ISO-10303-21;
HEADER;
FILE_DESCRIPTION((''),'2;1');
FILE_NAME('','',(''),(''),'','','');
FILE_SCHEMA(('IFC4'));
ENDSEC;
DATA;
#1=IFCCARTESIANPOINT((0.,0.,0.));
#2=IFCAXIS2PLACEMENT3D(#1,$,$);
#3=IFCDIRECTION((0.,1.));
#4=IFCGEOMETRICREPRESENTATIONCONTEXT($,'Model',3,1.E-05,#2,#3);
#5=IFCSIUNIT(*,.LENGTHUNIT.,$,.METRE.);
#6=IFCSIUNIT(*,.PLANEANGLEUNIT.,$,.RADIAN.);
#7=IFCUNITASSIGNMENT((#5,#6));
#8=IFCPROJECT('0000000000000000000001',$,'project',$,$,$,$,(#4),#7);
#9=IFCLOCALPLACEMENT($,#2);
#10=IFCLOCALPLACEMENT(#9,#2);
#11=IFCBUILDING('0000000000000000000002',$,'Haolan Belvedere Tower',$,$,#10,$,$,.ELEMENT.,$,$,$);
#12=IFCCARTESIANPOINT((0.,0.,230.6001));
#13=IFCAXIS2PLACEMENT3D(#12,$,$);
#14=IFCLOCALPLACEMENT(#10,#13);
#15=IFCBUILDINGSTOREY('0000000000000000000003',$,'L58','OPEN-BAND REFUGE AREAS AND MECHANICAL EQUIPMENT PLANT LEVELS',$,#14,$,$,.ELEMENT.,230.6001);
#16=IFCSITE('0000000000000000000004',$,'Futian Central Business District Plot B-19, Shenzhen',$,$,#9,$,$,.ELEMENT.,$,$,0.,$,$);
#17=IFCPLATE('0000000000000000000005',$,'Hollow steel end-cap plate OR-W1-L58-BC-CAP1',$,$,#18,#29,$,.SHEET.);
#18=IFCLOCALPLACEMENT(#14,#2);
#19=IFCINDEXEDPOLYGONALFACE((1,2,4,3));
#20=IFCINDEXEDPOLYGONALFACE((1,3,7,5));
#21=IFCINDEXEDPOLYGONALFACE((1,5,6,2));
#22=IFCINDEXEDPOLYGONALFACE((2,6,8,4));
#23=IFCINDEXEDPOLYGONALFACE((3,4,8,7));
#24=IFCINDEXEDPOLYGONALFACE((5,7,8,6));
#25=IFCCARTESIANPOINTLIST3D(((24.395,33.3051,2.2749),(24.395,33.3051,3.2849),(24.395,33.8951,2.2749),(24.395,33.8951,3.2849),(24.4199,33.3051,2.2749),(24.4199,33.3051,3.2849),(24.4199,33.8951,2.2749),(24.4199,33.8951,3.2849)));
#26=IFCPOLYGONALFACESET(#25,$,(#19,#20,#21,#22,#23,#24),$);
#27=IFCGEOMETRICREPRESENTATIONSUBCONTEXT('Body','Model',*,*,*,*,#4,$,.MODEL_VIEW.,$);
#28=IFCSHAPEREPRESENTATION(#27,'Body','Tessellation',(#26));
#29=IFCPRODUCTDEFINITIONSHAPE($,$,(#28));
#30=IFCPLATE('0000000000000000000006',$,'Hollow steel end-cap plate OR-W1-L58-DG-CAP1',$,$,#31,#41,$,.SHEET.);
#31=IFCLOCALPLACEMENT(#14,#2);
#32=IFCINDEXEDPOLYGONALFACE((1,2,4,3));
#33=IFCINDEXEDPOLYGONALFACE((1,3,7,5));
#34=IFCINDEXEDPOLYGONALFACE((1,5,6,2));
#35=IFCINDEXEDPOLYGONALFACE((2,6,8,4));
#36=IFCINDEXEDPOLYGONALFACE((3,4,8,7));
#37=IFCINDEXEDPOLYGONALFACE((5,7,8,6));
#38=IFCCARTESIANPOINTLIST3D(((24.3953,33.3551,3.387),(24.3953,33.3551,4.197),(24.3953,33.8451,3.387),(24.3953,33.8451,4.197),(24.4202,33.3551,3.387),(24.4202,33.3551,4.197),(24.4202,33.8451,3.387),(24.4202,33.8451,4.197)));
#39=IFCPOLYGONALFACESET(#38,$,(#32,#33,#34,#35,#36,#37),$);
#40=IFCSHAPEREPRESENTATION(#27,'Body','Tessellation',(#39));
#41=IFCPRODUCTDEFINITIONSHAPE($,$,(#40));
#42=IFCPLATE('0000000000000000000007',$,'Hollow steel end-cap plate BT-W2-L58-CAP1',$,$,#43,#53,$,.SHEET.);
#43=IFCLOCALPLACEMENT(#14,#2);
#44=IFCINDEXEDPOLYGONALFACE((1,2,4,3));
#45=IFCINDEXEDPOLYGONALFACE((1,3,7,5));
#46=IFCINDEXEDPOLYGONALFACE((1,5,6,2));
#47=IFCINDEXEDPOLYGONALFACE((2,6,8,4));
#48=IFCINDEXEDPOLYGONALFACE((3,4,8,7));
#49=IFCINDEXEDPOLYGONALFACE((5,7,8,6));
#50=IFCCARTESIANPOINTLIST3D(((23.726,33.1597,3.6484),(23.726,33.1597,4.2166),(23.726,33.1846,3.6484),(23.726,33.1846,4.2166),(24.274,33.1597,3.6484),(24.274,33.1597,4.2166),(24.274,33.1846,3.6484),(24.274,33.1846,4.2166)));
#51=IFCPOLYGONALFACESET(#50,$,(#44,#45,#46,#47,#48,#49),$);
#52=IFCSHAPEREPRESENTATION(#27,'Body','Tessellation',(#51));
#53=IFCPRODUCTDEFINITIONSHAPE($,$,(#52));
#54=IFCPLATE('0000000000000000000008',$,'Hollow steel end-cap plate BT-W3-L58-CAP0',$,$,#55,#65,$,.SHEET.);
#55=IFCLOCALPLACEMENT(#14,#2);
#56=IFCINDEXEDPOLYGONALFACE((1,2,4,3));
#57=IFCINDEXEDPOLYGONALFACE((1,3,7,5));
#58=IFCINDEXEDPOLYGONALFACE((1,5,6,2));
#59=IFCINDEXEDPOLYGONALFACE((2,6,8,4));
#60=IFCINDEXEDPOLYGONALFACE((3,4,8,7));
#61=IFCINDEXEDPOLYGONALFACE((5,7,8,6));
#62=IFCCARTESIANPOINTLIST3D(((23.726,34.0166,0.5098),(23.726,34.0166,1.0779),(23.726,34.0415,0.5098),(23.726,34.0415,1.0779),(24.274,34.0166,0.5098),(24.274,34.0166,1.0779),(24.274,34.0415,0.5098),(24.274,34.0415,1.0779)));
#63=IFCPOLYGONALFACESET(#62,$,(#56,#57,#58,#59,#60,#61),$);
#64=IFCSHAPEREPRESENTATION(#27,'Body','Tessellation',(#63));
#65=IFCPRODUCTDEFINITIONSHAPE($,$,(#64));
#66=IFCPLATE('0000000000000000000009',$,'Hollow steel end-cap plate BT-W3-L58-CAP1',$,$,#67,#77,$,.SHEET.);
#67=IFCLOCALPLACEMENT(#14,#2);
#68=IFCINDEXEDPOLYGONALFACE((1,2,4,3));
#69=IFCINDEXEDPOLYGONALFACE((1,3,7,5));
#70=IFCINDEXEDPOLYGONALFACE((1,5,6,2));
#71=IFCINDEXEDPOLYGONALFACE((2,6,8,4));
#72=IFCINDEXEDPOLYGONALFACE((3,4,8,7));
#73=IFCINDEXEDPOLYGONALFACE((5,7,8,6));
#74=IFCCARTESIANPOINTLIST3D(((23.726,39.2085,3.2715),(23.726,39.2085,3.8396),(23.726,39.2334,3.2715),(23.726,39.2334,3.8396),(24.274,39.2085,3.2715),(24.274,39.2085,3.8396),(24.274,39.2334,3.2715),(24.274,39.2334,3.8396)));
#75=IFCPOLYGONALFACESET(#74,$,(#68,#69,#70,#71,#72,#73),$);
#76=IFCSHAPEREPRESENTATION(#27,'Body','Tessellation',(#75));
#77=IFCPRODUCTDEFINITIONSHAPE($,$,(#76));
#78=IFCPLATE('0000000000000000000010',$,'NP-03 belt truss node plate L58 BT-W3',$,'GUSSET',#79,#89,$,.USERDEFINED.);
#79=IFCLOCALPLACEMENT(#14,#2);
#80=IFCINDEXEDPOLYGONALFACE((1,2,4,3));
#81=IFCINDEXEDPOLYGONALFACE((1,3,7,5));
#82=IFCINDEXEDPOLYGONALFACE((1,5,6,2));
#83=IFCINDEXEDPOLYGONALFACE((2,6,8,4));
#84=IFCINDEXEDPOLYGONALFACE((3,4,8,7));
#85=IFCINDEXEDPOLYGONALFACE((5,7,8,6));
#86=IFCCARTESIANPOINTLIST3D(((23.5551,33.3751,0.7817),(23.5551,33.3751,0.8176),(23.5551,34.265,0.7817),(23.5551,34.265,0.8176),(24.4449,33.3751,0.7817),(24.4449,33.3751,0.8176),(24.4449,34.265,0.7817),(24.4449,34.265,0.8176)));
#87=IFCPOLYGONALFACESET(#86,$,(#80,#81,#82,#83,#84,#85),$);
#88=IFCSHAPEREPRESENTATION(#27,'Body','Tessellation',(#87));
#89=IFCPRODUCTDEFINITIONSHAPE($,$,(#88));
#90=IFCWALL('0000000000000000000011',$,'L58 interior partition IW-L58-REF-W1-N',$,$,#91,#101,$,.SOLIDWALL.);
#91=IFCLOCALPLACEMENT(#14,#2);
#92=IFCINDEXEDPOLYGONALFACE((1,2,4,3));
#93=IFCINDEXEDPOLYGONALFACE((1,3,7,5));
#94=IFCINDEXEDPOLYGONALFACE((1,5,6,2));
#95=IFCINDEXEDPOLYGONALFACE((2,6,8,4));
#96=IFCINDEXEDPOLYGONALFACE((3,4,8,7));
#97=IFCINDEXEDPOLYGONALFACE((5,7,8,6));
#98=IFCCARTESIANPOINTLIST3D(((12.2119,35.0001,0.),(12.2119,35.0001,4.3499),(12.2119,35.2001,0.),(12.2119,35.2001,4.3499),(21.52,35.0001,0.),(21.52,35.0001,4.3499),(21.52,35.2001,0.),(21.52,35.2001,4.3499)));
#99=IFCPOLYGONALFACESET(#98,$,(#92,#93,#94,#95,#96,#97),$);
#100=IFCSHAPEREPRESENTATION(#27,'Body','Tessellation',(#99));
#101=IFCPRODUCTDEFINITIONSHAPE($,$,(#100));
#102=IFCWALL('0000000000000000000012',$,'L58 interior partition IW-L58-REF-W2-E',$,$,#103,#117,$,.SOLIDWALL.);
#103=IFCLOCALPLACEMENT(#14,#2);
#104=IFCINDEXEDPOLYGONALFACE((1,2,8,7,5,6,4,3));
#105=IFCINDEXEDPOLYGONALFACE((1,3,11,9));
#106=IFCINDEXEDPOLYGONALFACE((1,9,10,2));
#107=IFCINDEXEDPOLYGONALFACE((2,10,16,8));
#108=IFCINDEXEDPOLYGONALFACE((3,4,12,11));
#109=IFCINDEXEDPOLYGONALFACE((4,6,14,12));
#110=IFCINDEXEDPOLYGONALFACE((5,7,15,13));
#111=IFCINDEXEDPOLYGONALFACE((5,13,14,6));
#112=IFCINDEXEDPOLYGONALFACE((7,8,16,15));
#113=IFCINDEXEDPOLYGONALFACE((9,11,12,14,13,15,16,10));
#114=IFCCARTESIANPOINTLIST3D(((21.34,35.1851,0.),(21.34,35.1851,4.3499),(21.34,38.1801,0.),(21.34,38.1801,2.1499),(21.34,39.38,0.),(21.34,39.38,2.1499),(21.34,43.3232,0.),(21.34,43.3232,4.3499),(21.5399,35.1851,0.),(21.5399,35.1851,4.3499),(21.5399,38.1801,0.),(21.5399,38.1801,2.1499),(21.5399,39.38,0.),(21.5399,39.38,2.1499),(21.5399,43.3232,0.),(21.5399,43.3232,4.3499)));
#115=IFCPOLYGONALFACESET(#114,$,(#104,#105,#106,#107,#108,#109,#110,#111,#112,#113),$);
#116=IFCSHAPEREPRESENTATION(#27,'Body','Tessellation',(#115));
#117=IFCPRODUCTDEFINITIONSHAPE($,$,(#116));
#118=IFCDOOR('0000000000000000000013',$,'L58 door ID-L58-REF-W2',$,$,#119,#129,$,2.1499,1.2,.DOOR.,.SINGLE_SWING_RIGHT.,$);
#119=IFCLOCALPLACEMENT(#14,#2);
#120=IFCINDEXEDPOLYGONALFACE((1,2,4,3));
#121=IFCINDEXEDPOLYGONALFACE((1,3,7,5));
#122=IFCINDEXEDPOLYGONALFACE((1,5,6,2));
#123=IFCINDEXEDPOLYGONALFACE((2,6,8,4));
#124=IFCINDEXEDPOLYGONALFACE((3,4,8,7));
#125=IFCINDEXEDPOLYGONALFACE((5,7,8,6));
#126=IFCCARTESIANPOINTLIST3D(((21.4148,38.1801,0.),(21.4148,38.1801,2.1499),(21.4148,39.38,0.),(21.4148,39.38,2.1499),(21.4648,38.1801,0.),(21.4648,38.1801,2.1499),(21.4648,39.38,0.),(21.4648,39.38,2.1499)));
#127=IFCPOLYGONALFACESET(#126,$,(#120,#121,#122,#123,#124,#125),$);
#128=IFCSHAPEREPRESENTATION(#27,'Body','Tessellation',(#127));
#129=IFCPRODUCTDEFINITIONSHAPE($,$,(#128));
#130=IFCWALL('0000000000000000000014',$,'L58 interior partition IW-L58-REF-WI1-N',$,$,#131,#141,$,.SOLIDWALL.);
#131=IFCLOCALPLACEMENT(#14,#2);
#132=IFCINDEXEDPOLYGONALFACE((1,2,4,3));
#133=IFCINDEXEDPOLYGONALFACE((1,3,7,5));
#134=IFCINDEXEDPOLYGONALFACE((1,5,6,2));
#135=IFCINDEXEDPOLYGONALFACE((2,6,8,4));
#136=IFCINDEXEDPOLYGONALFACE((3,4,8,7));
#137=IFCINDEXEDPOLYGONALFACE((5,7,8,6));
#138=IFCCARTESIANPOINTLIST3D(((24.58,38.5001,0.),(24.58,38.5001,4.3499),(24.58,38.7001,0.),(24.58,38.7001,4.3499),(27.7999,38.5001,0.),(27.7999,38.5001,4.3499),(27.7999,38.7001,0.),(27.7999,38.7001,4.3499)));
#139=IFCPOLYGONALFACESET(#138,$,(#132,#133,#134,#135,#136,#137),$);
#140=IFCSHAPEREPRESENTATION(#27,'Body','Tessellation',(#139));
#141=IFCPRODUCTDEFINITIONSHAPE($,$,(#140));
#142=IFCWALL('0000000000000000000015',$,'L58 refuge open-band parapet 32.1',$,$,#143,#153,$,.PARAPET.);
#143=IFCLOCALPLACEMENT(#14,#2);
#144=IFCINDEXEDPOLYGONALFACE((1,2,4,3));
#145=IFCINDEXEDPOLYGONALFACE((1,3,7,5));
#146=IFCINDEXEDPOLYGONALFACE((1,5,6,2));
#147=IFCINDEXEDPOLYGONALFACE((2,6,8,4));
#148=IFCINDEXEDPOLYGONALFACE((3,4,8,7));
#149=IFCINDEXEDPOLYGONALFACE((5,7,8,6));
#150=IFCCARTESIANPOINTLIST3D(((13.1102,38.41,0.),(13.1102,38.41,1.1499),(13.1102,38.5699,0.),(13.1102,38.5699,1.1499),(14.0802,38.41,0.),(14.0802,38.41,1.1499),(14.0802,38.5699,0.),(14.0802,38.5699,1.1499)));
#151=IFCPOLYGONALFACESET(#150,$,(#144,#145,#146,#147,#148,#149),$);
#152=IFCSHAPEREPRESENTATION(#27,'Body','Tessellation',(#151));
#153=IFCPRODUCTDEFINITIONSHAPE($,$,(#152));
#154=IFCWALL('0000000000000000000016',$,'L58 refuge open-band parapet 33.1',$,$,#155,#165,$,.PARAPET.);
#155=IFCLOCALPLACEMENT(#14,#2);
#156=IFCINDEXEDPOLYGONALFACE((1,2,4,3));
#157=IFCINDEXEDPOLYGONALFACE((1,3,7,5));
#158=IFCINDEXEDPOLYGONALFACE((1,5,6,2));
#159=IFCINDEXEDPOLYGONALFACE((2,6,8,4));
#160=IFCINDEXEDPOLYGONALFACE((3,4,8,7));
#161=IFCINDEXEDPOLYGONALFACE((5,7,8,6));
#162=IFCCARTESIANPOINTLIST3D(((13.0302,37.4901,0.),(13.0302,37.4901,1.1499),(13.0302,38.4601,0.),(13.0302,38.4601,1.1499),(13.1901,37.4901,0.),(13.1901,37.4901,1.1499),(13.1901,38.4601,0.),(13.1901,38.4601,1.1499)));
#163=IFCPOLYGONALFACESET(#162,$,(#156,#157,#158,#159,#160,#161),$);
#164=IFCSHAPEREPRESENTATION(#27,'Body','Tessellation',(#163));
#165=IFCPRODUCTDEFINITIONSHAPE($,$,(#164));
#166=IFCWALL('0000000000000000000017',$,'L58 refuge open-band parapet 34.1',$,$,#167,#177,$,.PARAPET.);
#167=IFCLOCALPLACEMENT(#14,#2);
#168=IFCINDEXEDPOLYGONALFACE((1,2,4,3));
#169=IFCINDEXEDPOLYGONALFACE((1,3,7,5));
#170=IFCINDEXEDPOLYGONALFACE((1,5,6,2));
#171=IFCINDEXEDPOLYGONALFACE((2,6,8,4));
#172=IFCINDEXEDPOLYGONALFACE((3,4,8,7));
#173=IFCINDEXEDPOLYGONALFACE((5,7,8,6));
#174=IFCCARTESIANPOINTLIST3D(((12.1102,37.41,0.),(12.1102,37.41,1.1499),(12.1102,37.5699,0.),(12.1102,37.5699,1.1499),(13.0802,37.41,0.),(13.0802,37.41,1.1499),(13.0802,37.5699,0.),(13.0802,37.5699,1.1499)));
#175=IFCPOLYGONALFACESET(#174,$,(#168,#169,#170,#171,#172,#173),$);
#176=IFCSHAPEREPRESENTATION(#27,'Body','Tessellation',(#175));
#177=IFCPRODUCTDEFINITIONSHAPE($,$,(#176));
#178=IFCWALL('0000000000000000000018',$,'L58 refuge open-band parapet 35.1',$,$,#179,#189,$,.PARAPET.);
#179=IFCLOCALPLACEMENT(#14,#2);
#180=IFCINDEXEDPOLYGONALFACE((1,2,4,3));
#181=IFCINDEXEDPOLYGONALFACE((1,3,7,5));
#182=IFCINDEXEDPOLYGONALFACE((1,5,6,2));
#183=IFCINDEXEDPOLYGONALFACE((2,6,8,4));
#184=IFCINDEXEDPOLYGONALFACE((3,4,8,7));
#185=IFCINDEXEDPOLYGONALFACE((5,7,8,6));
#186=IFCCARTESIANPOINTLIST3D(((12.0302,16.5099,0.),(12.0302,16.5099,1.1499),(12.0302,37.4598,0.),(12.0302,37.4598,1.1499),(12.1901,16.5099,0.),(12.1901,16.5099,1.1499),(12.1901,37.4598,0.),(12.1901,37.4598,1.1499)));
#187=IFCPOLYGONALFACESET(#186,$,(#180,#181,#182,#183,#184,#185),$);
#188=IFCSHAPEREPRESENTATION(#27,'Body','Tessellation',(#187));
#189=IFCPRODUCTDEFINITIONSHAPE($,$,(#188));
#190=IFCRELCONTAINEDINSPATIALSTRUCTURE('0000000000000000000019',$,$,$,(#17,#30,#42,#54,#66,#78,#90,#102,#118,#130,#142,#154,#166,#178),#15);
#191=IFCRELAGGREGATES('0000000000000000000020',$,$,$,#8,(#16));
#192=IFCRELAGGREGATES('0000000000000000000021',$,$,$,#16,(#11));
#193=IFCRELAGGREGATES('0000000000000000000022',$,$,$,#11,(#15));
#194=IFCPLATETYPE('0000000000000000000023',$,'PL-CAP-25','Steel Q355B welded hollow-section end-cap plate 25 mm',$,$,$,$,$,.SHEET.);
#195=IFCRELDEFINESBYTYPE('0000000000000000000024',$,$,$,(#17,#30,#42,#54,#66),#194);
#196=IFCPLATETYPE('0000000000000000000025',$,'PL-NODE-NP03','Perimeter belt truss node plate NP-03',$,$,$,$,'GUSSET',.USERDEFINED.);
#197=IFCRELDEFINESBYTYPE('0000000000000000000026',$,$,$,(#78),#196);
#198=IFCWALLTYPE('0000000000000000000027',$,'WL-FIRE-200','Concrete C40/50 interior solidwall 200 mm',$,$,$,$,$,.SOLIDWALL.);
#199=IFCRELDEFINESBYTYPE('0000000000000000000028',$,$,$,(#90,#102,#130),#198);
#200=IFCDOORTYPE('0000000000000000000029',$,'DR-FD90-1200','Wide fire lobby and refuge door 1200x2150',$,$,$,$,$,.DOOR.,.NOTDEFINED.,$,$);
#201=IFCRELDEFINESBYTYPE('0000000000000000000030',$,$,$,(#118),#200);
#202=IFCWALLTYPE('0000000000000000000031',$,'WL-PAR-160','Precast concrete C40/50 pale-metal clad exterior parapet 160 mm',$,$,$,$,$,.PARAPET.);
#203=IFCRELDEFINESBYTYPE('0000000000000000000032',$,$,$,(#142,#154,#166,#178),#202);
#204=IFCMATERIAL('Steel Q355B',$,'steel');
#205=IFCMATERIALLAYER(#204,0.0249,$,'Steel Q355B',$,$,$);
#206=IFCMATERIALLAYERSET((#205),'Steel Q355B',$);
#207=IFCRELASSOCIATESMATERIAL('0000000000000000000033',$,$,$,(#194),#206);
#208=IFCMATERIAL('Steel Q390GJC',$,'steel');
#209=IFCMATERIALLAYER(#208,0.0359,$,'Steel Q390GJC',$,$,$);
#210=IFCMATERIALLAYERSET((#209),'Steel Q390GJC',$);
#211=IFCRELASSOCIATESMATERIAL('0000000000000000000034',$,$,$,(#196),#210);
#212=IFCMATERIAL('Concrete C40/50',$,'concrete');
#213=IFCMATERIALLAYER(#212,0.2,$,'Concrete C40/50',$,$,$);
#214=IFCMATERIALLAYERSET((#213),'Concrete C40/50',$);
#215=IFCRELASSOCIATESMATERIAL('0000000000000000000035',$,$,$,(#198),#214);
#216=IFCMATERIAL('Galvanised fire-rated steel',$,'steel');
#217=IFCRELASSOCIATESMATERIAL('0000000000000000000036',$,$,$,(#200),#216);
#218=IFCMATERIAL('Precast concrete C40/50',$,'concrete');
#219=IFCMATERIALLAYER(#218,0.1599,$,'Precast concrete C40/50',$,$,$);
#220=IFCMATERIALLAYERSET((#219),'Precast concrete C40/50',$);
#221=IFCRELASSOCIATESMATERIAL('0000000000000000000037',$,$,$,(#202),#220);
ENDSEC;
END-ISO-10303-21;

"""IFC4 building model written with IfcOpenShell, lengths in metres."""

from ifc_helpers import new_model, si_unit, direction, frame, frame_2d, origin, origin_2d, place, context, subcontext, project, spatial, rectangle, extrude, material, layer, layer_set, type_object, element, fill, save


model = new_model("IFC4")

# Units and contexts
model_context = context("Model", 3, precision=1e-05, world=origin(), true_north=direction((0.0, 1.0)))
body_context = subcontext(model_context, "Body", "Model", "MODEL_VIEW")
ifc_project = project(units=[si_unit("LENGTHUNIT", "METRE"), si_unit("PLANEANGLEUNIT", "RADIAN")], contexts=[model_context])

# Site, building, storey
site_placement = place(None, origin())
site = spatial("IfcSite", under=ifc_project, at=site_placement, Name="Futian Central Business District Plot B-19, Shenzhen", CompositionType="ELEMENT", RefElevation=0.0)
building_placement = place(site_placement, origin())
building = spatial("IfcBuilding", under=site, at=building_placement, Name="Haolan Belvedere Tower", CompositionType="ELEMENT")
storey_placement = place(building_placement, frame((0.0, 0.0, 230.6001)))
storey = spatial("IfcBuildingStorey", under=building, at=storey_placement, Name="L58", Description="OPEN-BAND REFUGE AREAS AND MECHANICAL EQUIPMENT PLANT LEVELS", CompositionType="ELEMENT", Elevation=230.6001)

# Shared definitions
ifc_material_1 = material(Name="Steel Q390GJC", Category="steel")

# Shared definitions
ifc_material_2 = material(Name="Steel Q355B", Category="steel")

# Plates
ifc_layer_1 = layer(ifc_material_2, 0.0249, Name="Steel Q355B")
ifc_layer_set_1 = layer_set([ifc_layer_1], Name="Steel Q355B")
plate_type_1 = type_object("IfcPlateType", Name="PL-CAP-25", Description="Steel Q355B welded hollow-section end-cap plate 25 mm", PredefinedType="SHEET", material=ifc_layer_set_1)
plate_1_placement = place(storey_placement, frame((24.4075, 33.6001, 2.2749), z_axis=(0.0, 0.0, 1.0), x_axis=(0.0, -1.0, 0.0)))
element("IfcPlate", 1, at=plate_1_placement, inside=storey, type_object=plate_type_1, Name="Hollow steel end-cap plate OR-W1-L58-BC-CAP1", PredefinedType="SHEET", context=body_context, shape_type="SweptSolid", body=[
    extrude(rectangle(XDim=0.5901, YDim=0.0249, at=origin_2d()), origin(), (0.0, 0.0, 1.0), 1.01),
])
plate_2_placement = place(storey_placement, frame((24.4077, 33.6001, 3.387), z_axis=(0.0, 0.0, 1.0), x_axis=(0.0, -1.0, 0.0)))
element("IfcPlate", 2, at=plate_2_placement, inside=storey, type_object=plate_type_1, Name="Hollow steel end-cap plate OR-W1-L58-DG-CAP1", PredefinedType="SHEET", context=body_context, shape_type="SweptSolid", body=[
    extrude(rectangle(XDim=0.49, YDim=0.0249, at=origin_2d()), origin(), (0.0, 0.0, 1.0), 0.8101),
])
for number, where, z_axis, x_axis, name in (
    (3, (24.0, 33.1721, 3.6484), (0.0, 0.0, 1.0), (-1.0, 0.0, 0.0), "Hollow steel end-cap plate BT-W2-L58-CAP1"),
    (4, (24.0, 34.0291, 0.5098), (0.0, 0.0, 1.0), (1.0, 0.0, 0.0), "Hollow steel end-cap plate BT-W3-L58-CAP0"),
    (5, (24.0, 39.2209, 3.2715), (0.0, 0.0, 1.0), (-1.0, 0.0, 0.0), "Hollow steel end-cap plate BT-W3-L58-CAP1"),
):
    element("IfcPlate", number, at=place(storey_placement, frame(where, z_axis=z_axis, x_axis=x_axis)), inside=storey, type_object=plate_type_1, Name=name, PredefinedType="SHEET", context=body_context, shape_type="SweptSolid", body=[
        extrude(rectangle(XDim=0.5481, YDim=0.0249, at=origin_2d()), origin(), (0.0, 0.0, 1.0), 0.5681),
    ])
ifc_layer_2 = layer(ifc_material_1, 0.0359, Name="Steel Q390GJC")
ifc_layer_set_2 = layer_set([ifc_layer_2], Name="Steel Q390GJC")
plate_type_2 = type_object("IfcPlateType", Name="PL-NODE-NP03", Description="Perimeter belt truss node plate NP-03", ElementType="GUSSET", PredefinedType="USERDEFINED", material=ifc_layer_set_2)
plate_3_placement = place(storey_placement, frame((24.0, 33.8201, 0.7817), z_axis=(0.0, 0.0, 1.0), x_axis=(1.0, 0.0, 0.0)))
element("IfcPlate", 6, at=plate_3_placement, inside=storey, type_object=plate_type_2, Name="NP-03 belt truss node plate L58 BT-W3", ObjectType="GUSSET", PredefinedType="USERDEFINED", context=body_context, shape_type="SweptSolid", body=[
    extrude(rectangle(XDim=0.8899, YDim=0.8899, at=origin_2d()), origin(), (0.0, 0.0, 1.0), 0.0359),
])

# Wall
ifc_material_3 = material(Name="Concrete C40/50", Category="concrete")
ifc_layer_3 = layer(ifc_material_3, 0.2, Name="Concrete C40/50")
ifc_layer_set_3 = layer_set([ifc_layer_3], Name="Concrete C40/50")
wall_type_1 = type_object("IfcWallType", Name="WL-FIRE-200", Description="Concrete C40/50 interior solidwall 200 mm", PredefinedType="SOLIDWALL", material=ifc_layer_set_3)
wall_1_placement = place(storey_placement, frame((12.2119, 35.1001, 0.0), z_axis=(0.0, 0.0, 1.0), x_axis=(1.0, 0.0, 0.0)))
element("IfcWall", 7, at=wall_1_placement, inside=storey, type_object=wall_type_1, Name="L58 interior partition IW-L58-REF-W1-N", PredefinedType="SOLIDWALL", context=body_context, shape_type="SweptSolid", body=[
    extrude(rectangle(XDim=9.3081, YDim=0.2, at=frame_2d((4.6541, 0.0))), origin(), (0.0, 0.0, 1.0), 4.3499),
])

# Wall, opening, door
wall_2_placement = place(storey_placement, frame((21.4399, 35.1851, 0.0), z_axis=(0.0, 0.0, 1.0), x_axis=(0.0, 1.0, 0.0)))
wall_2 = element("IfcWall", 8, at=wall_2_placement, inside=storey, type_object=wall_type_1, Name="L58 interior partition IW-L58-REF-W2-E", PredefinedType="SOLIDWALL", context=body_context, shape_type="SweptSolid", body=[
    extrude(rectangle(XDim=8.1382, YDim=0.2, at=frame_2d((4.0691, 0.0))), origin(), (0.0, 0.0, 1.0), 4.3499),
])
opening_placement = place(wall_2_placement, frame((4.1951, 0.0, 0.0), z_axis=(0.0, 0.0, 1.0), x_axis=(-1.0, 0.0, 0.0)))
opening = element("IfcOpeningElement", 9, at=opening_placement, cuts=wall_2, PredefinedType="OPENING", context=body_context, shape_type="SweptSolid", body=[
    extrude(rectangle(XDim=1.2, YDim=2.1499, at=frame_2d((0.6001, 1.075))), frame((0.0, 0.1099, 0.0), z_axis=(0.0, -1.0, 0.0), x_axis=(1.0, 0.0, 0.0)), (0.0, 0.0, 1.0), 0.22),
])
ifc_material_4 = material(Name="Galvanised fire-rated steel", Category="steel")
door_type = type_object("IfcDoorType", Name="DR-FD90-1200", Description="Wide fire lobby and refuge door 1200x2150", OperationType="NOTDEFINED", PredefinedType="DOOR", material=ifc_material_4)
door_placement = place(opening_placement, origin())
door = element("IfcDoor", 10, at=door_placement, inside=storey, type_object=door_type, Name="L58 door ID-L58-REF-W2", OperationType="SINGLE_SWING_RIGHT", OverallHeight=2.1499, OverallWidth=1.2, PredefinedType="DOOR", context=body_context, shape_type="SweptSolid", body=[
    extrude(rectangle(XDim=1.2, YDim=2.1499, at=frame_2d((0.6001, 1.075))), frame((0.0, 0.0249, 0.0), z_axis=(0.0, -1.0, 0.0), x_axis=(1.0, 0.0, 0.0)), (0.0, 0.0, 1.0), 0.05),
])
fill(opening, door)

# Walls
wall_3_placement = place(storey_placement, frame((24.5801, 38.6001, 0.0), z_axis=(0.0, 0.0, 1.0), x_axis=(1.0, 0.0, 0.0)))
element("IfcWall", 11, at=wall_3_placement, inside=storey, type_object=wall_type_1, Name="L58 interior partition IW-L58-REF-WI1-N", PredefinedType="SOLIDWALL", context=body_context, shape_type="SweptSolid", body=[
    extrude(rectangle(XDim=3.22, YDim=0.2, at=frame_2d((1.6099, 0.0))), origin(), (0.0, 0.0, 1.0), 4.3499),
])
ifc_material_5 = material(Name="Precast concrete C40/50", Category="concrete")
ifc_layer_4 = layer(ifc_material_5, 0.1599, Name="Precast concrete C40/50")
ifc_layer_set_4 = layer_set([ifc_layer_4], Name="Precast concrete C40/50")
wall_type_2 = type_object("IfcWallType", Name="WL-PAR-160", Description="Precast concrete C40/50 pale-metal clad exterior parapet 160 mm", PredefinedType="PARAPET", material=ifc_layer_set_4)
for number, where, z_axis, x_axis, name in (
    (12, (14.0801, 38.49, 0.0), (0.0, 0.0, 1.0), (-1.0, 0.0, 0.0), "L58 refuge open-band parapet 32.1"),
    (13, (13.1101, 38.46, 0.0), (0.0, 0.0, 1.0), (0.0, -1.0, 0.0), "L58 refuge open-band parapet 33.1"),
    (14, (13.0801, 37.49, 0.0), (0.0, 0.0, 1.0), (-1.0, 0.0, 0.0), "L58 refuge open-band parapet 34.1"),
):
    element("IfcWall", number, at=place(storey_placement, frame(where, z_axis=z_axis, x_axis=x_axis)), inside=storey, type_object=wall_type_2, Name=name, PredefinedType="PARAPET", context=body_context, shape_type="SweptSolid", body=[
        extrude(rectangle(XDim=0.97, YDim=0.1599, at=frame_2d((0.4849, 0.0))), origin(), (0.0, 0.0, 1.0), 1.1499),
    ])
wall_4_placement = place(storey_placement, frame((12.1101, 37.46, 0.0), z_axis=(0.0, 0.0, 1.0), x_axis=(0.0, -1.0, 0.0)))
element("IfcWall", 15, at=wall_4_placement, inside=storey, type_object=wall_type_2, Name="L58 refuge open-band parapet 35.1", PredefinedType="PARAPET", context=body_context, shape_type="SweptSolid", body=[
    extrude(rectangle(XDim=20.95, YDim=0.1599, at=frame_2d((10.4751, 0.0))), origin(), (0.0, 0.0, 1.0), 1.1499),
])

save(model, "model.ifc")
